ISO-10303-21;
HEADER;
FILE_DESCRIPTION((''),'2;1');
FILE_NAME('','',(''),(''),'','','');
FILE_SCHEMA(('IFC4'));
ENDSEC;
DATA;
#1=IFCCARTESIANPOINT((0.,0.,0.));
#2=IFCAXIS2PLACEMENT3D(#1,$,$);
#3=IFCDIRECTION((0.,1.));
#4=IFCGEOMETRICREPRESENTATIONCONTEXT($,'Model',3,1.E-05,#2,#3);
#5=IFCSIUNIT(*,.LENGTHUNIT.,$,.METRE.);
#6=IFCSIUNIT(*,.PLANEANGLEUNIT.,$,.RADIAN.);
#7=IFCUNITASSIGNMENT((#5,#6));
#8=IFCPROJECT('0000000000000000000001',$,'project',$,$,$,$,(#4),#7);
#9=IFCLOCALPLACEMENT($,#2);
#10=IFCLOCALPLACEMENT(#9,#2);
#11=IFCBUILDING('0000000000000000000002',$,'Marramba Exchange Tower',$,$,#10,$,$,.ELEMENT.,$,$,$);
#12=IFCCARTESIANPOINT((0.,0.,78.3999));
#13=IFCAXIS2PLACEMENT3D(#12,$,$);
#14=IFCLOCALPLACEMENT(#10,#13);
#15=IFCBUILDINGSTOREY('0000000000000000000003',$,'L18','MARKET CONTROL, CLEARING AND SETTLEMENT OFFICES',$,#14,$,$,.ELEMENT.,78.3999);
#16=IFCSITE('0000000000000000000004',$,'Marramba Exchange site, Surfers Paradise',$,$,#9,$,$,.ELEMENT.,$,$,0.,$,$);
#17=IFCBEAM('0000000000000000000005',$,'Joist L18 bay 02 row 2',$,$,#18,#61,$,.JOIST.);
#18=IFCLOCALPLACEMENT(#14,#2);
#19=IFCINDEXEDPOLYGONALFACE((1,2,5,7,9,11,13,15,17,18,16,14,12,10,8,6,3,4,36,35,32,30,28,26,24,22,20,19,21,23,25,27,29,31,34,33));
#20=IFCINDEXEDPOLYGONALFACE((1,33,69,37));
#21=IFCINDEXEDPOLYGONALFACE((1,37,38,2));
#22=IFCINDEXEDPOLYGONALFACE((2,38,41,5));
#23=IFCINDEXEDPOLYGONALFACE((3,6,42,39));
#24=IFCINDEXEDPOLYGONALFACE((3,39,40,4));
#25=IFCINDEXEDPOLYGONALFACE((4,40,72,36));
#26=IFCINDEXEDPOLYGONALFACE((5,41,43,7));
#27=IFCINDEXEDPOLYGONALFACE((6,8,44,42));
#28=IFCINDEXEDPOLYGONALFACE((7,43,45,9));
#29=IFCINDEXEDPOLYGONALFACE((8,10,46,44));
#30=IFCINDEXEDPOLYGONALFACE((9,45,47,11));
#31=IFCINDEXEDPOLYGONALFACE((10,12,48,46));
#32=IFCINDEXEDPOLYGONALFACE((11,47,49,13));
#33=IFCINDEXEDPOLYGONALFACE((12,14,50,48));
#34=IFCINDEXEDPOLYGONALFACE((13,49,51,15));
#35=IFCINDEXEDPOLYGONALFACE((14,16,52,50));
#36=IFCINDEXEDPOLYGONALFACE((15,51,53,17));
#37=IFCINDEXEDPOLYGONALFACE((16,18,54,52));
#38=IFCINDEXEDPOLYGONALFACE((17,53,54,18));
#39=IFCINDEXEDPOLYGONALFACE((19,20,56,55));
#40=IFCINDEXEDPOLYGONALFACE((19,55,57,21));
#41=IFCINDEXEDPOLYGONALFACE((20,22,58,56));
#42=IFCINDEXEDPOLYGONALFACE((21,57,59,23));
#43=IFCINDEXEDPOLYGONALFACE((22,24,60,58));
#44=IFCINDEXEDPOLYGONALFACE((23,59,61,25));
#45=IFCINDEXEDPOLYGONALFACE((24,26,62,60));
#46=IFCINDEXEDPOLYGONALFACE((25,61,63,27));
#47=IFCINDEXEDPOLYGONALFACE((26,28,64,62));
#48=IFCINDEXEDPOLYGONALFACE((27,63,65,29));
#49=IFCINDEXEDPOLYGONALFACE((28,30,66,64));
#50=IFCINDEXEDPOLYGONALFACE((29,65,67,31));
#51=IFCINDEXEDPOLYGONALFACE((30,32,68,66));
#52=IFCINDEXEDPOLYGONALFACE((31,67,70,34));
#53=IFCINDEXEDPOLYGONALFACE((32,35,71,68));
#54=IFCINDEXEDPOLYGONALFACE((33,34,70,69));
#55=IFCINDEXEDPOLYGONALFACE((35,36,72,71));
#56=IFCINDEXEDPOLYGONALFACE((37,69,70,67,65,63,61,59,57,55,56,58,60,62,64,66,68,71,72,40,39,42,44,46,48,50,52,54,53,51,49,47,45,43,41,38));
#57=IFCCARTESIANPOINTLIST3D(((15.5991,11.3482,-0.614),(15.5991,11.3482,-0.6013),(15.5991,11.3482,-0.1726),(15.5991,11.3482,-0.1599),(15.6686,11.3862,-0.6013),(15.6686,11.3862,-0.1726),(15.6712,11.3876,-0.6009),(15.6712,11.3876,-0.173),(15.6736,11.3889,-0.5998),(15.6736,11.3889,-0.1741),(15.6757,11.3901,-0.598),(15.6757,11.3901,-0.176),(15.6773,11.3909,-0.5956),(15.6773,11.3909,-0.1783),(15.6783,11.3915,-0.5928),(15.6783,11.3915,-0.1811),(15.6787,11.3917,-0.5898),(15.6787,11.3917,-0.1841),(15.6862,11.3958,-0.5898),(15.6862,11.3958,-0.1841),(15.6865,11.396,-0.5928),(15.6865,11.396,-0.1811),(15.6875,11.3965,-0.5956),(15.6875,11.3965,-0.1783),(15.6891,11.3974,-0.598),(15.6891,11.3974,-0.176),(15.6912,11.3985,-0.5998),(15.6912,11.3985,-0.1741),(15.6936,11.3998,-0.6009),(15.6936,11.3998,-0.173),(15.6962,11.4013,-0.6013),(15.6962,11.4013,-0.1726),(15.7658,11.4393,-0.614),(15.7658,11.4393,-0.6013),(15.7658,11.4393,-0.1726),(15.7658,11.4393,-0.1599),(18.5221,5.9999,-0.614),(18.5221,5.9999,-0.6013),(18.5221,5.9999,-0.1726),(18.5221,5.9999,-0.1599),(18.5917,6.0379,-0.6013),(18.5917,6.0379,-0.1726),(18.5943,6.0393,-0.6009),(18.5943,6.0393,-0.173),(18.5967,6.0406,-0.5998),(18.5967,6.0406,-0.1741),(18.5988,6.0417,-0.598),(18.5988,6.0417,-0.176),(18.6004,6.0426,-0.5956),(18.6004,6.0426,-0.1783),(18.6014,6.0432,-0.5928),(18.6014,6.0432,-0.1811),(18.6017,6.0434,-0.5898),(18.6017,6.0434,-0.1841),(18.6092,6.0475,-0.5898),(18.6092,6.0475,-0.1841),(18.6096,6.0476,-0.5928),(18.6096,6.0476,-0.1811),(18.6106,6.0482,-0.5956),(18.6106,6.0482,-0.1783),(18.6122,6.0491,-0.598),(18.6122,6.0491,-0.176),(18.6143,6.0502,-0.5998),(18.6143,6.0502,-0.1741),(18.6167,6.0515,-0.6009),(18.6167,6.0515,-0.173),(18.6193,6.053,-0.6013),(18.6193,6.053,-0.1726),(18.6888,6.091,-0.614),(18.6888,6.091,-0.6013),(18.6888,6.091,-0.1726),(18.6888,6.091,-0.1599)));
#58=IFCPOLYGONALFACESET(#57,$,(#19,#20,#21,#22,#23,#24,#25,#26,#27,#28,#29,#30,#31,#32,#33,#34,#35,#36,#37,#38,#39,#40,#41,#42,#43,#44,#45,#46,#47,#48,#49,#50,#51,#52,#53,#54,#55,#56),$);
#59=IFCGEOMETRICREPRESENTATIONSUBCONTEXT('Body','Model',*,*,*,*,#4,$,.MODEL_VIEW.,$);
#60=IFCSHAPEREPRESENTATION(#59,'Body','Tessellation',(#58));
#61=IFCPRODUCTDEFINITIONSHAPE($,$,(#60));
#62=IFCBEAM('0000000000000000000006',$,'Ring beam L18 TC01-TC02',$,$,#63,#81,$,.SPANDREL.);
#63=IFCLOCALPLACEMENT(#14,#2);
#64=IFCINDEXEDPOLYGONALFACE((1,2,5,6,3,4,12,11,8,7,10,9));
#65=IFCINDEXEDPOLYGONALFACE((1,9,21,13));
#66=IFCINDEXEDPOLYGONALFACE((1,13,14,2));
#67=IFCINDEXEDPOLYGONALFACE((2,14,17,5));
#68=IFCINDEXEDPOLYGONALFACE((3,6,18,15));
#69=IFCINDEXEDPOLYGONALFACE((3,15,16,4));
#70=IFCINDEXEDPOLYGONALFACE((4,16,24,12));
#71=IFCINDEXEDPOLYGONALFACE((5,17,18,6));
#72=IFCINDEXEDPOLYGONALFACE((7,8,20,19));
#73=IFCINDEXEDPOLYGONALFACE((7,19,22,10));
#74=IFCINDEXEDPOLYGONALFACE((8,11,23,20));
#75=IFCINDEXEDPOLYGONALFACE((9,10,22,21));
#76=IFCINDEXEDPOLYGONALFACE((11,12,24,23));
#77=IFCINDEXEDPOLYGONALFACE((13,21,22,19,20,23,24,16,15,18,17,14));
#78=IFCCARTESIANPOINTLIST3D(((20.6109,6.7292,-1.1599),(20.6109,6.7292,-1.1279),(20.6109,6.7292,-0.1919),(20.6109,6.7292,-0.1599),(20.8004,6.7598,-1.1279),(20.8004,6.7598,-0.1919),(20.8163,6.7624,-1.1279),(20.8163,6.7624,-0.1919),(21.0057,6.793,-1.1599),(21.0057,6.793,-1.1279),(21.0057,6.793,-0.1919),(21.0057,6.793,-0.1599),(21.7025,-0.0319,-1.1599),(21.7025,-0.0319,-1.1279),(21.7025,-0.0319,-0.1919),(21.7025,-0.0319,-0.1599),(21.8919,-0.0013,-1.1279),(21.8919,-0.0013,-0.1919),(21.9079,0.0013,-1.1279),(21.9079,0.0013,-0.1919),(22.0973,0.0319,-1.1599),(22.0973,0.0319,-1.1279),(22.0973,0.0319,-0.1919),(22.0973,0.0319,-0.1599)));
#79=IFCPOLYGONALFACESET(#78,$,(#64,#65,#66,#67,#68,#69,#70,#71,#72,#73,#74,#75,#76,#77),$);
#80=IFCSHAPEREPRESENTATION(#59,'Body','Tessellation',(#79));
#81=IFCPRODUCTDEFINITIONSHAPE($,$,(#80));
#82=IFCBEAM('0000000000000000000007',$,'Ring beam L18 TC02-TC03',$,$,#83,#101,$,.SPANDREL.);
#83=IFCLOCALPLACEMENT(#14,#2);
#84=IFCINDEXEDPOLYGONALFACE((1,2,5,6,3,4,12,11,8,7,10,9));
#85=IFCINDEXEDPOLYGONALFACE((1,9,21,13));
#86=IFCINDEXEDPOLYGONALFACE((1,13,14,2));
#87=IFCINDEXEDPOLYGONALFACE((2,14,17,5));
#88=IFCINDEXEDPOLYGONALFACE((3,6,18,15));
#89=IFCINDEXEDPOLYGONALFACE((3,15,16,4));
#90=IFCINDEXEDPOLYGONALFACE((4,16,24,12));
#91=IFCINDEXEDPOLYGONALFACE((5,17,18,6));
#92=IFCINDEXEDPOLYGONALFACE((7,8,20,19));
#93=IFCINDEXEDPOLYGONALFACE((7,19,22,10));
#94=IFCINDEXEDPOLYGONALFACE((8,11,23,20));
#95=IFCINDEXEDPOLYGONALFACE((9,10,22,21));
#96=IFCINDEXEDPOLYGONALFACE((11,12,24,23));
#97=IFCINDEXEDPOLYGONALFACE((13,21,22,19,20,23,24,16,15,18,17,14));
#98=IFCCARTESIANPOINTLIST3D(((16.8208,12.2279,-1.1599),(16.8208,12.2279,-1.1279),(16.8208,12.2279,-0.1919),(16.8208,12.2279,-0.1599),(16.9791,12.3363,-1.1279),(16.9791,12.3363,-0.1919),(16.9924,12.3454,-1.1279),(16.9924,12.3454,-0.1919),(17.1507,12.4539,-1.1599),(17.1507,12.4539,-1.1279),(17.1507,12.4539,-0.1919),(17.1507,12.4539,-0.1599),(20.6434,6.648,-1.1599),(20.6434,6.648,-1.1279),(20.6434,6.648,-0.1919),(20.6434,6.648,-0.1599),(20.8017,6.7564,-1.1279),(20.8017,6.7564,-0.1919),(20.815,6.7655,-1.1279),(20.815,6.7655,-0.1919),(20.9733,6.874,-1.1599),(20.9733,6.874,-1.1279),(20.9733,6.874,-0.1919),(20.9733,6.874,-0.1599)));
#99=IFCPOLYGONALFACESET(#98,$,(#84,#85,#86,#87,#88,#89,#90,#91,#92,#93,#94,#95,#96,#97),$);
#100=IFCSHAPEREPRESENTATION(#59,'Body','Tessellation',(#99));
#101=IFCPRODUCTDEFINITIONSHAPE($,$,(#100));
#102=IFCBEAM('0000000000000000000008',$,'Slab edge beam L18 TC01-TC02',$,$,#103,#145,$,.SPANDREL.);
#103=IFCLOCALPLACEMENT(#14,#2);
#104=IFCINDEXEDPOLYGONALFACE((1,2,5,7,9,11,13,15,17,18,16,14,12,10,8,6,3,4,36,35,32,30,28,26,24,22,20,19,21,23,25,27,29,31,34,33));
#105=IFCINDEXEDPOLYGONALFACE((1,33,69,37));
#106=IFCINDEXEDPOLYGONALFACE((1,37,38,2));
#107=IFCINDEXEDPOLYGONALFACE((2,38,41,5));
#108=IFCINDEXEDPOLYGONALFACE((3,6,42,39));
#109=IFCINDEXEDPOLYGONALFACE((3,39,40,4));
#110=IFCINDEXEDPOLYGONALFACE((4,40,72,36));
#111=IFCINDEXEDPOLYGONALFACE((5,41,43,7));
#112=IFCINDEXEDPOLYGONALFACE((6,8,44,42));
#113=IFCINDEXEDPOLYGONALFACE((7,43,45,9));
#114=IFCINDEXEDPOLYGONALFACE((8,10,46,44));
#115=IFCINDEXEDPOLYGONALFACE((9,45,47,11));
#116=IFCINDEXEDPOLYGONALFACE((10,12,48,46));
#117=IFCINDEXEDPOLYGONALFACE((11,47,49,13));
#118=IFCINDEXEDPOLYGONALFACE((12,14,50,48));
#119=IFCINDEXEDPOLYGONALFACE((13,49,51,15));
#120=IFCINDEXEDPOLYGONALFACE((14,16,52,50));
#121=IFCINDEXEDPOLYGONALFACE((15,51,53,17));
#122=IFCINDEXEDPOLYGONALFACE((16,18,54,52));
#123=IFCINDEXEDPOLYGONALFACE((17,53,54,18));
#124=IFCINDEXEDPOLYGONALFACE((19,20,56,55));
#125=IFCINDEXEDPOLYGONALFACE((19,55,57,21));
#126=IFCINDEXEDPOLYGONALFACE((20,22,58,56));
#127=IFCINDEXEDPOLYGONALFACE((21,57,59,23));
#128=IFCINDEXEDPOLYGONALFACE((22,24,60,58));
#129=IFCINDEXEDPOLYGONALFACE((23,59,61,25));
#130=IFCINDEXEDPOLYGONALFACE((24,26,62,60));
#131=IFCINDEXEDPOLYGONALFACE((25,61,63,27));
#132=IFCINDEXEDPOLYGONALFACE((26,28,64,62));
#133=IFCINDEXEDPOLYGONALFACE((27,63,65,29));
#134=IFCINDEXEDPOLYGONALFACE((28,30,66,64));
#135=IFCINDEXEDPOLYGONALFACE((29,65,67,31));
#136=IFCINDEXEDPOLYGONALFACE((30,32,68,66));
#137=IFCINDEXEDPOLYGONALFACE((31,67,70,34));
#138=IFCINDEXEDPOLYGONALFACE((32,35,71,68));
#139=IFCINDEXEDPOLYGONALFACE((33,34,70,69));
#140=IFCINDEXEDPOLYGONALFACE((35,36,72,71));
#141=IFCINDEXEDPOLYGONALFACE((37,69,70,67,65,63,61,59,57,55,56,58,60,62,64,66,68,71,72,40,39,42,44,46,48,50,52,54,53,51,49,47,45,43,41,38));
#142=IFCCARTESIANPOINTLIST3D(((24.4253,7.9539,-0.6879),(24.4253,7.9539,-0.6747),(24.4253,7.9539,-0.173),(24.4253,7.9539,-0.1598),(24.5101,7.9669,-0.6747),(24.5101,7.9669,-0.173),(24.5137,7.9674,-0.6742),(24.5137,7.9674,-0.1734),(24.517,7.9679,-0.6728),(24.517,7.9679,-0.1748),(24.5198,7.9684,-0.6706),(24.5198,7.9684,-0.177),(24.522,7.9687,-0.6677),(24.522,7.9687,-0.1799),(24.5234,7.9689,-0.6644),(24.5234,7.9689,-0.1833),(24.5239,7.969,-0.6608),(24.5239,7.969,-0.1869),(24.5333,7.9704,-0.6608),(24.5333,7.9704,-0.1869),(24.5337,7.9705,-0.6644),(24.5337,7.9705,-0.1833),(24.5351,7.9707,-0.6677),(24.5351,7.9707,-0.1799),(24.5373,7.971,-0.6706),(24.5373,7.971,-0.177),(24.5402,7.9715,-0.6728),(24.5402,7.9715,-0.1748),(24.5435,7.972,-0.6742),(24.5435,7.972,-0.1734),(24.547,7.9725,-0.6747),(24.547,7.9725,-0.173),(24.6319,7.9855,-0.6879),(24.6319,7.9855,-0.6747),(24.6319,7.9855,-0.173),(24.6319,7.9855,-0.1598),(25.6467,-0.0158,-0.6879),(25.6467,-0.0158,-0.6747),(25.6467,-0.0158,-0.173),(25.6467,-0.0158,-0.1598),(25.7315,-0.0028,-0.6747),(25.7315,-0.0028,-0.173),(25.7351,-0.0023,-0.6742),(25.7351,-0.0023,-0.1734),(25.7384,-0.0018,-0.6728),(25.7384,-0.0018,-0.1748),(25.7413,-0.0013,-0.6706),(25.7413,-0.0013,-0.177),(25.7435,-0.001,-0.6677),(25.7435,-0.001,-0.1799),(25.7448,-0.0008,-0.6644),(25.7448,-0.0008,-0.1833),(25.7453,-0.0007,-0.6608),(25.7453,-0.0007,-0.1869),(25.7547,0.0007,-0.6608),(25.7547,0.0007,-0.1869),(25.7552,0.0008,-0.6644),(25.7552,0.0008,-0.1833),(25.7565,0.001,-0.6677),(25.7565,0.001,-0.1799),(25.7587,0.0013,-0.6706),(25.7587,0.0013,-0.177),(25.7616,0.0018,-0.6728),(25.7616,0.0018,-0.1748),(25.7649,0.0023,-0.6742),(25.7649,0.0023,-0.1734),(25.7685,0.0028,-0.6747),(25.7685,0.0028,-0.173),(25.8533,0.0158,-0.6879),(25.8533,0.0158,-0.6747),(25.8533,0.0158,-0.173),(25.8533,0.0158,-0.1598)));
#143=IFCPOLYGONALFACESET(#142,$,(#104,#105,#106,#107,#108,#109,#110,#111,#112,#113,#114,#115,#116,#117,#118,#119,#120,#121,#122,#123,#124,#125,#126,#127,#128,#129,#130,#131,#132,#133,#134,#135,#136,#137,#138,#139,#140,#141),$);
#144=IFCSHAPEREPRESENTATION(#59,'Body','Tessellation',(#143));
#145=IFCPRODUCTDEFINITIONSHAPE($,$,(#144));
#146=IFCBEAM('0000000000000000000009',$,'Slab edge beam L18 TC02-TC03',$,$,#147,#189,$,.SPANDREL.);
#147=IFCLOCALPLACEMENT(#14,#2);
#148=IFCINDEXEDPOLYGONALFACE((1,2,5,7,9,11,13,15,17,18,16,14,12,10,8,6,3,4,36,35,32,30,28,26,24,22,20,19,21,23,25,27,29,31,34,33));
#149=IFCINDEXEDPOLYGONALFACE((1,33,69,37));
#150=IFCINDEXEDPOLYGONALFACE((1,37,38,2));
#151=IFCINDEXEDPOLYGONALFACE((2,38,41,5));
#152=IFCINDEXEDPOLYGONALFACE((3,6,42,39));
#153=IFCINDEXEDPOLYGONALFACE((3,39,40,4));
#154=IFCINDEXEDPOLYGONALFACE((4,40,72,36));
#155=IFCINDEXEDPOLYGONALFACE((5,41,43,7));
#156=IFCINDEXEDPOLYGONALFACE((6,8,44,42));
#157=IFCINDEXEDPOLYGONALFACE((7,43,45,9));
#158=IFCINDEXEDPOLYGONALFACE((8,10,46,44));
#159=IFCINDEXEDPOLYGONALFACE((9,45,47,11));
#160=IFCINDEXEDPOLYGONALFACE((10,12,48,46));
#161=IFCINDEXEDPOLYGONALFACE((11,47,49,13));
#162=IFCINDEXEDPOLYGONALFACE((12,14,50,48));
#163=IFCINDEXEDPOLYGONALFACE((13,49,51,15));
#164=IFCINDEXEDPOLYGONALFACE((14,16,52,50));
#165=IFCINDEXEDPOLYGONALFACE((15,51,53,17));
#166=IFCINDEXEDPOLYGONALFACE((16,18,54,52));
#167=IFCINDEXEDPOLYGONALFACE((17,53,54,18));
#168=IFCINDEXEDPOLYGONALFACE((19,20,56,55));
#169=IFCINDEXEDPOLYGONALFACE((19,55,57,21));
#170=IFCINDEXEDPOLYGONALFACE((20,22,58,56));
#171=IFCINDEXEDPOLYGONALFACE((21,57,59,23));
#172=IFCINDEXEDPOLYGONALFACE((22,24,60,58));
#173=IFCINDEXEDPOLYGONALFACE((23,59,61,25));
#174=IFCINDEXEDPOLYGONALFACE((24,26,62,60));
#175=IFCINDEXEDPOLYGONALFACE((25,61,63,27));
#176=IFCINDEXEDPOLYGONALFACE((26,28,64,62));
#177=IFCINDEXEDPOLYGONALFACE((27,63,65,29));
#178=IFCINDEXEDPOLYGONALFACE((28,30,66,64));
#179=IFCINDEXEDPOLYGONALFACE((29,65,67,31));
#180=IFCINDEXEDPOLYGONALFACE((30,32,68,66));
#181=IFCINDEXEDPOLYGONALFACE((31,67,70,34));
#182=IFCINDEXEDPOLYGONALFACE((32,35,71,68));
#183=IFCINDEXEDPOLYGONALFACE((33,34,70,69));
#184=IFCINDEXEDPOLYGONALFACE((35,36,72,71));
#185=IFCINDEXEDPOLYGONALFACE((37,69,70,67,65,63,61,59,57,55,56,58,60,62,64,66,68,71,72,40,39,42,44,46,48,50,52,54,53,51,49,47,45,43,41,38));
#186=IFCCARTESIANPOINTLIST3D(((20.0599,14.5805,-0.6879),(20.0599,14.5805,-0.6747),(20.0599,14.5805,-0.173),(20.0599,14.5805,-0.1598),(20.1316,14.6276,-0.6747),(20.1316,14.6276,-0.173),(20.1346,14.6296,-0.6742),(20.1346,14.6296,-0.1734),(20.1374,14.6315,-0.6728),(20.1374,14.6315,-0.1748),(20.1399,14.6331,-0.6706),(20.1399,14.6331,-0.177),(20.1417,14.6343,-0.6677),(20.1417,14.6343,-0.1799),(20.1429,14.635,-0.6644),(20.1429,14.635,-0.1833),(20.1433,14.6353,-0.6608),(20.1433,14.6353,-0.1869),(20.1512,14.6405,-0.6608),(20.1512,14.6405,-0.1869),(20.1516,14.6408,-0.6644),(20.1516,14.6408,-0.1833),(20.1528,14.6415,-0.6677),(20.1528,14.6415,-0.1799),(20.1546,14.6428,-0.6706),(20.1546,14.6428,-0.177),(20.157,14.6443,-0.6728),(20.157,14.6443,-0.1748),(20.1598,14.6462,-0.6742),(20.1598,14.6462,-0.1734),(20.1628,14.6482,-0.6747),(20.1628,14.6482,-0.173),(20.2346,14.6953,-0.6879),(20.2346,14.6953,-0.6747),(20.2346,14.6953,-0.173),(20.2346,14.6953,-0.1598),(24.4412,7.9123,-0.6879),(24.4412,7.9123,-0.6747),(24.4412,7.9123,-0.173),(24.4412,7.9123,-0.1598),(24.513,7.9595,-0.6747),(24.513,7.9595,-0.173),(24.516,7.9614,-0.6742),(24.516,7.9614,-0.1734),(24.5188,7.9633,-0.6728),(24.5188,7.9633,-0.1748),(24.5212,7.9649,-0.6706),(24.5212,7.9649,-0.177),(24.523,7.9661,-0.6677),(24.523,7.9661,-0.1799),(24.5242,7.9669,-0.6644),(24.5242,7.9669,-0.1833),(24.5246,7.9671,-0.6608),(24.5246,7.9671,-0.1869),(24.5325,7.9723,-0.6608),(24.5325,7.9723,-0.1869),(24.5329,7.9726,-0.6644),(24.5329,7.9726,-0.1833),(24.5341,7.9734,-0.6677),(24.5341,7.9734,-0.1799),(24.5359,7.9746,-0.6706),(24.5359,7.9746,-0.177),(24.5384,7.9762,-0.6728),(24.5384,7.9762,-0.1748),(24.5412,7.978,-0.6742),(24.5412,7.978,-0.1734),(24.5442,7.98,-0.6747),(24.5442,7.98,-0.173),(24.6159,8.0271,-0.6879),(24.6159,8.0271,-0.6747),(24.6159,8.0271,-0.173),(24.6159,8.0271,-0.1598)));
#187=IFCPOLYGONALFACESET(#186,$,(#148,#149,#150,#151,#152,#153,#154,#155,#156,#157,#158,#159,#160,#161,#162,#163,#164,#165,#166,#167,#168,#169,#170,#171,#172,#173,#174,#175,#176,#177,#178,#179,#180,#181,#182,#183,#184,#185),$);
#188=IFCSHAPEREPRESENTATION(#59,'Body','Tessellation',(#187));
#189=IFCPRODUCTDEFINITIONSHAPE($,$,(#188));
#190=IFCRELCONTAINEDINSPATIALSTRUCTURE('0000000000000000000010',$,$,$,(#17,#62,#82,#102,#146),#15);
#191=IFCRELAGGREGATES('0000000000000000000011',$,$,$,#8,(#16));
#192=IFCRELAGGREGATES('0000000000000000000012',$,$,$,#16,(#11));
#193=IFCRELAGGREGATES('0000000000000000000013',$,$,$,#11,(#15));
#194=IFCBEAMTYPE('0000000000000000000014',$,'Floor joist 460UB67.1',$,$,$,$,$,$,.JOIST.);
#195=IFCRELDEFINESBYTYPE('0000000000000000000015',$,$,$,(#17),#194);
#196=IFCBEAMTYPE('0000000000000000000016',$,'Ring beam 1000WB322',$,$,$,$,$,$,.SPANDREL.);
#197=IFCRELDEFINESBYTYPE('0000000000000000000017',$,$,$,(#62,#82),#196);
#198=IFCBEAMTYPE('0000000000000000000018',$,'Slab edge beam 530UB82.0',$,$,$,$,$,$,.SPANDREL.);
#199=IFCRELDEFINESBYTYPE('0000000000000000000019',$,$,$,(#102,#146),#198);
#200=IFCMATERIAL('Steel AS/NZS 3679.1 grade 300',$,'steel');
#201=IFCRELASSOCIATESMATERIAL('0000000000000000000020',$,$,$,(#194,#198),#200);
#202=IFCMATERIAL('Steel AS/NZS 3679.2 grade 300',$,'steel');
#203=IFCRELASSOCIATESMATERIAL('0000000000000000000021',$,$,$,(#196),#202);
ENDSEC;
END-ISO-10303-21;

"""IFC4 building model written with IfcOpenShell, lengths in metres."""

from ifc_helpers import new_model, si_unit, direction, frame, origin, origin_2d, place, context, subcontext, project, spatial, i_section, extrude, material, material_profile, profile_set, type_object, element, save


model = new_model("IFC4")

# Units and contexts
model_context = context("Model", 3, precision=1e-05, world=origin(), true_north=direction((0.0, 1.0)))
body_context = subcontext(model_context, "Body", "Model", "MODEL_VIEW")
ifc_project = project(units=[si_unit("LENGTHUNIT", "METRE"), si_unit("PLANEANGLEUNIT", "RADIAN")], contexts=[model_context])

# Site, building, storey
site_placement = place(None, origin())
site = spatial("IfcSite", under=ifc_project, at=site_placement, Name="Marramba Exchange site, Surfers Paradise", CompositionType="ELEMENT", RefElevation=0.0)
building_placement = place(site_placement, origin())
building = spatial("IfcBuilding", under=site, at=building_placement, Name="Marramba Exchange Tower", CompositionType="ELEMENT")
storey_placement = place(building_placement, frame((0.0, 0.0, 78.3999)))
storey = spatial("IfcBuildingStorey", under=building, at=storey_placement, Name="L18", Description="MARKET CONTROL, CLEARING AND SETTLEMENT OFFICES", CompositionType="ELEMENT", Elevation=78.3999)

# Beams
ifc_material_1 = material(Name="Steel AS/NZS 3679.2 grade 300", Category="steel")
ifc_material_2 = material(Name="Steel AS/NZS 3679.1 grade 300", Category="steel")
ifc_material_profile_1 = material_profile(ifc_material_2, i_section(OverallWidth=0.1899, OverallDepth=0.4541, WebThickness=0.0085, FlangeThickness=0.0127, FilletRadius=0.0115, at=origin_2d()), Name="460UB67.1")
ifc_profile_set_1 = profile_set([ifc_material_profile_1], Name="Steel AS/NZS 3679.1 grade 300")
beam_type_1 = type_object("IfcBeamType", Name="Floor joist 460UB67.1", PredefinedType="JOIST", material=ifc_profile_set_1)
beam_1_placement = place(storey_placement, frame((18.6055, 6.0454, -0.387), z_axis=(-0.479584, 0.877496, 0.0), x_axis=(-0.877496, -0.479584, 0.0)))
element("IfcBeam", 1, at=beam_1_placement, inside=storey, type_object=beam_type_1, Name="Joist L18 bay 02 row 2", PredefinedType="JOIST", context=body_context, shape_type="SweptSolid", body=[
    extrude(i_section(OverallWidth=0.1899, OverallDepth=0.4541, WebThickness=0.0085, FlangeThickness=0.0127, FilletRadius=0.0115, at=origin_2d()), origin(), (0.0, 0.0, 1.0), 6.095),
])
ifc_material_profile_2 = material_profile(ifc_material_1, i_section(OverallWidth=0.3999, OverallDepth=1.0, WebThickness=0.0161, FlangeThickness=0.032, at=origin_2d()), Name="1000WB322")
ifc_profile_set_2 = profile_set([ifc_material_profile_2], Name="Steel AS/NZS 3679.2 grade 300")
beam_type_2 = type_object("IfcBeamType", Name="Ring beam 1000WB322", PredefinedType="SPANDREL", material=ifc_profile_set_2)
beam_2_placement = place(storey_placement, frame((21.8999, 0.0, -0.6599), z_axis=(-0.159385, 0.987217, 0.0), x_axis=(-0.987217, -0.159385, 0.0)))
element("IfcBeam", 2, at=beam_2_placement, inside=storey, type_object=beam_type_2, Name="Ring beam L18 TC01-TC02", PredefinedType="SPANDREL", context=body_context, shape_type="SweptSolid", body=[
    extrude(i_section(OverallWidth=0.3999, OverallDepth=1.0, WebThickness=0.0161, FlangeThickness=0.032, at=origin_2d()), origin(), (0.0, 0.0, 1.0), 6.8486),
])
beam_3_placement = place(storey_placement, frame((20.8083, 6.761, -0.6599), z_axis=(-0.56516, 0.824981, 0.0), x_axis=(-0.824981, -0.56516, 0.0)))
element("IfcBeam", 3, at=beam_3_placement, inside=storey, type_object=beam_type_2, Name="Ring beam L18 TC02-TC03", PredefinedType="SPANDREL", context=body_context, shape_type="SweptSolid", body=[
    extrude(i_section(OverallWidth=0.3999, OverallDepth=1.0, WebThickness=0.0161, FlangeThickness=0.032, at=origin_2d()), origin(), (0.0, 0.0, 1.0), 6.7637),
])
ifc_material_profile_3 = material_profile(ifc_material_2, i_section(OverallWidth=0.209, OverallDepth=0.5281, WebThickness=0.0095, FlangeThickness=0.0132, FilletRadius=0.0139, at=origin_2d()), Name="530UB82.0")
ifc_profile_set_3 = profile_set([ifc_material_profile_3], Name="Steel AS/NZS 3679.1 grade 300")
beam_type_3 = type_object("IfcBeamType", Name="Slab edge beam 530UB82.0", PredefinedType="SPANDREL", material=ifc_profile_set_3)
beam_4_placement = place(storey_placement, frame((25.75, 0.0, -0.4238), z_axis=(-0.151491, 0.988459, 0.0), x_axis=(-0.988459, -0.151491, 0.0)))
element("IfcBeam", 4, at=beam_4_placement, inside=storey, type_object=beam_type_3, Name="Slab edge beam L18 TC01-TC02", PredefinedType="SPANDREL", context=body_context, shape_type="SweptSolid", body=[
    extrude(i_section(OverallWidth=0.209, OverallDepth=0.5281, WebThickness=0.0095, FlangeThickness=0.0132, FilletRadius=0.0139, at=origin_2d()), origin(), (0.0, 0.0, 1.0), 8.0627),
])
beam_5_placement = place(storey_placement, frame((24.5286, 7.9697, -0.4238), z_axis=(-0.549124, 0.835741, 0.0), x_axis=(-0.835741, -0.549124, 0.0)))
element("IfcBeam", 5, at=beam_5_placement, inside=storey, type_object=beam_type_3, Name="Slab edge beam L18 TC02-TC03", PredefinedType="SPANDREL", context=body_context, shape_type="SweptSolid", body=[
    extrude(i_section(OverallWidth=0.209, OverallDepth=0.5281, WebThickness=0.0095, FlangeThickness=0.0132, FilletRadius=0.0139, at=origin_2d()), origin(), (0.0, 0.0, 1.0), 7.9788),
])

save(model, "model.ifc")
